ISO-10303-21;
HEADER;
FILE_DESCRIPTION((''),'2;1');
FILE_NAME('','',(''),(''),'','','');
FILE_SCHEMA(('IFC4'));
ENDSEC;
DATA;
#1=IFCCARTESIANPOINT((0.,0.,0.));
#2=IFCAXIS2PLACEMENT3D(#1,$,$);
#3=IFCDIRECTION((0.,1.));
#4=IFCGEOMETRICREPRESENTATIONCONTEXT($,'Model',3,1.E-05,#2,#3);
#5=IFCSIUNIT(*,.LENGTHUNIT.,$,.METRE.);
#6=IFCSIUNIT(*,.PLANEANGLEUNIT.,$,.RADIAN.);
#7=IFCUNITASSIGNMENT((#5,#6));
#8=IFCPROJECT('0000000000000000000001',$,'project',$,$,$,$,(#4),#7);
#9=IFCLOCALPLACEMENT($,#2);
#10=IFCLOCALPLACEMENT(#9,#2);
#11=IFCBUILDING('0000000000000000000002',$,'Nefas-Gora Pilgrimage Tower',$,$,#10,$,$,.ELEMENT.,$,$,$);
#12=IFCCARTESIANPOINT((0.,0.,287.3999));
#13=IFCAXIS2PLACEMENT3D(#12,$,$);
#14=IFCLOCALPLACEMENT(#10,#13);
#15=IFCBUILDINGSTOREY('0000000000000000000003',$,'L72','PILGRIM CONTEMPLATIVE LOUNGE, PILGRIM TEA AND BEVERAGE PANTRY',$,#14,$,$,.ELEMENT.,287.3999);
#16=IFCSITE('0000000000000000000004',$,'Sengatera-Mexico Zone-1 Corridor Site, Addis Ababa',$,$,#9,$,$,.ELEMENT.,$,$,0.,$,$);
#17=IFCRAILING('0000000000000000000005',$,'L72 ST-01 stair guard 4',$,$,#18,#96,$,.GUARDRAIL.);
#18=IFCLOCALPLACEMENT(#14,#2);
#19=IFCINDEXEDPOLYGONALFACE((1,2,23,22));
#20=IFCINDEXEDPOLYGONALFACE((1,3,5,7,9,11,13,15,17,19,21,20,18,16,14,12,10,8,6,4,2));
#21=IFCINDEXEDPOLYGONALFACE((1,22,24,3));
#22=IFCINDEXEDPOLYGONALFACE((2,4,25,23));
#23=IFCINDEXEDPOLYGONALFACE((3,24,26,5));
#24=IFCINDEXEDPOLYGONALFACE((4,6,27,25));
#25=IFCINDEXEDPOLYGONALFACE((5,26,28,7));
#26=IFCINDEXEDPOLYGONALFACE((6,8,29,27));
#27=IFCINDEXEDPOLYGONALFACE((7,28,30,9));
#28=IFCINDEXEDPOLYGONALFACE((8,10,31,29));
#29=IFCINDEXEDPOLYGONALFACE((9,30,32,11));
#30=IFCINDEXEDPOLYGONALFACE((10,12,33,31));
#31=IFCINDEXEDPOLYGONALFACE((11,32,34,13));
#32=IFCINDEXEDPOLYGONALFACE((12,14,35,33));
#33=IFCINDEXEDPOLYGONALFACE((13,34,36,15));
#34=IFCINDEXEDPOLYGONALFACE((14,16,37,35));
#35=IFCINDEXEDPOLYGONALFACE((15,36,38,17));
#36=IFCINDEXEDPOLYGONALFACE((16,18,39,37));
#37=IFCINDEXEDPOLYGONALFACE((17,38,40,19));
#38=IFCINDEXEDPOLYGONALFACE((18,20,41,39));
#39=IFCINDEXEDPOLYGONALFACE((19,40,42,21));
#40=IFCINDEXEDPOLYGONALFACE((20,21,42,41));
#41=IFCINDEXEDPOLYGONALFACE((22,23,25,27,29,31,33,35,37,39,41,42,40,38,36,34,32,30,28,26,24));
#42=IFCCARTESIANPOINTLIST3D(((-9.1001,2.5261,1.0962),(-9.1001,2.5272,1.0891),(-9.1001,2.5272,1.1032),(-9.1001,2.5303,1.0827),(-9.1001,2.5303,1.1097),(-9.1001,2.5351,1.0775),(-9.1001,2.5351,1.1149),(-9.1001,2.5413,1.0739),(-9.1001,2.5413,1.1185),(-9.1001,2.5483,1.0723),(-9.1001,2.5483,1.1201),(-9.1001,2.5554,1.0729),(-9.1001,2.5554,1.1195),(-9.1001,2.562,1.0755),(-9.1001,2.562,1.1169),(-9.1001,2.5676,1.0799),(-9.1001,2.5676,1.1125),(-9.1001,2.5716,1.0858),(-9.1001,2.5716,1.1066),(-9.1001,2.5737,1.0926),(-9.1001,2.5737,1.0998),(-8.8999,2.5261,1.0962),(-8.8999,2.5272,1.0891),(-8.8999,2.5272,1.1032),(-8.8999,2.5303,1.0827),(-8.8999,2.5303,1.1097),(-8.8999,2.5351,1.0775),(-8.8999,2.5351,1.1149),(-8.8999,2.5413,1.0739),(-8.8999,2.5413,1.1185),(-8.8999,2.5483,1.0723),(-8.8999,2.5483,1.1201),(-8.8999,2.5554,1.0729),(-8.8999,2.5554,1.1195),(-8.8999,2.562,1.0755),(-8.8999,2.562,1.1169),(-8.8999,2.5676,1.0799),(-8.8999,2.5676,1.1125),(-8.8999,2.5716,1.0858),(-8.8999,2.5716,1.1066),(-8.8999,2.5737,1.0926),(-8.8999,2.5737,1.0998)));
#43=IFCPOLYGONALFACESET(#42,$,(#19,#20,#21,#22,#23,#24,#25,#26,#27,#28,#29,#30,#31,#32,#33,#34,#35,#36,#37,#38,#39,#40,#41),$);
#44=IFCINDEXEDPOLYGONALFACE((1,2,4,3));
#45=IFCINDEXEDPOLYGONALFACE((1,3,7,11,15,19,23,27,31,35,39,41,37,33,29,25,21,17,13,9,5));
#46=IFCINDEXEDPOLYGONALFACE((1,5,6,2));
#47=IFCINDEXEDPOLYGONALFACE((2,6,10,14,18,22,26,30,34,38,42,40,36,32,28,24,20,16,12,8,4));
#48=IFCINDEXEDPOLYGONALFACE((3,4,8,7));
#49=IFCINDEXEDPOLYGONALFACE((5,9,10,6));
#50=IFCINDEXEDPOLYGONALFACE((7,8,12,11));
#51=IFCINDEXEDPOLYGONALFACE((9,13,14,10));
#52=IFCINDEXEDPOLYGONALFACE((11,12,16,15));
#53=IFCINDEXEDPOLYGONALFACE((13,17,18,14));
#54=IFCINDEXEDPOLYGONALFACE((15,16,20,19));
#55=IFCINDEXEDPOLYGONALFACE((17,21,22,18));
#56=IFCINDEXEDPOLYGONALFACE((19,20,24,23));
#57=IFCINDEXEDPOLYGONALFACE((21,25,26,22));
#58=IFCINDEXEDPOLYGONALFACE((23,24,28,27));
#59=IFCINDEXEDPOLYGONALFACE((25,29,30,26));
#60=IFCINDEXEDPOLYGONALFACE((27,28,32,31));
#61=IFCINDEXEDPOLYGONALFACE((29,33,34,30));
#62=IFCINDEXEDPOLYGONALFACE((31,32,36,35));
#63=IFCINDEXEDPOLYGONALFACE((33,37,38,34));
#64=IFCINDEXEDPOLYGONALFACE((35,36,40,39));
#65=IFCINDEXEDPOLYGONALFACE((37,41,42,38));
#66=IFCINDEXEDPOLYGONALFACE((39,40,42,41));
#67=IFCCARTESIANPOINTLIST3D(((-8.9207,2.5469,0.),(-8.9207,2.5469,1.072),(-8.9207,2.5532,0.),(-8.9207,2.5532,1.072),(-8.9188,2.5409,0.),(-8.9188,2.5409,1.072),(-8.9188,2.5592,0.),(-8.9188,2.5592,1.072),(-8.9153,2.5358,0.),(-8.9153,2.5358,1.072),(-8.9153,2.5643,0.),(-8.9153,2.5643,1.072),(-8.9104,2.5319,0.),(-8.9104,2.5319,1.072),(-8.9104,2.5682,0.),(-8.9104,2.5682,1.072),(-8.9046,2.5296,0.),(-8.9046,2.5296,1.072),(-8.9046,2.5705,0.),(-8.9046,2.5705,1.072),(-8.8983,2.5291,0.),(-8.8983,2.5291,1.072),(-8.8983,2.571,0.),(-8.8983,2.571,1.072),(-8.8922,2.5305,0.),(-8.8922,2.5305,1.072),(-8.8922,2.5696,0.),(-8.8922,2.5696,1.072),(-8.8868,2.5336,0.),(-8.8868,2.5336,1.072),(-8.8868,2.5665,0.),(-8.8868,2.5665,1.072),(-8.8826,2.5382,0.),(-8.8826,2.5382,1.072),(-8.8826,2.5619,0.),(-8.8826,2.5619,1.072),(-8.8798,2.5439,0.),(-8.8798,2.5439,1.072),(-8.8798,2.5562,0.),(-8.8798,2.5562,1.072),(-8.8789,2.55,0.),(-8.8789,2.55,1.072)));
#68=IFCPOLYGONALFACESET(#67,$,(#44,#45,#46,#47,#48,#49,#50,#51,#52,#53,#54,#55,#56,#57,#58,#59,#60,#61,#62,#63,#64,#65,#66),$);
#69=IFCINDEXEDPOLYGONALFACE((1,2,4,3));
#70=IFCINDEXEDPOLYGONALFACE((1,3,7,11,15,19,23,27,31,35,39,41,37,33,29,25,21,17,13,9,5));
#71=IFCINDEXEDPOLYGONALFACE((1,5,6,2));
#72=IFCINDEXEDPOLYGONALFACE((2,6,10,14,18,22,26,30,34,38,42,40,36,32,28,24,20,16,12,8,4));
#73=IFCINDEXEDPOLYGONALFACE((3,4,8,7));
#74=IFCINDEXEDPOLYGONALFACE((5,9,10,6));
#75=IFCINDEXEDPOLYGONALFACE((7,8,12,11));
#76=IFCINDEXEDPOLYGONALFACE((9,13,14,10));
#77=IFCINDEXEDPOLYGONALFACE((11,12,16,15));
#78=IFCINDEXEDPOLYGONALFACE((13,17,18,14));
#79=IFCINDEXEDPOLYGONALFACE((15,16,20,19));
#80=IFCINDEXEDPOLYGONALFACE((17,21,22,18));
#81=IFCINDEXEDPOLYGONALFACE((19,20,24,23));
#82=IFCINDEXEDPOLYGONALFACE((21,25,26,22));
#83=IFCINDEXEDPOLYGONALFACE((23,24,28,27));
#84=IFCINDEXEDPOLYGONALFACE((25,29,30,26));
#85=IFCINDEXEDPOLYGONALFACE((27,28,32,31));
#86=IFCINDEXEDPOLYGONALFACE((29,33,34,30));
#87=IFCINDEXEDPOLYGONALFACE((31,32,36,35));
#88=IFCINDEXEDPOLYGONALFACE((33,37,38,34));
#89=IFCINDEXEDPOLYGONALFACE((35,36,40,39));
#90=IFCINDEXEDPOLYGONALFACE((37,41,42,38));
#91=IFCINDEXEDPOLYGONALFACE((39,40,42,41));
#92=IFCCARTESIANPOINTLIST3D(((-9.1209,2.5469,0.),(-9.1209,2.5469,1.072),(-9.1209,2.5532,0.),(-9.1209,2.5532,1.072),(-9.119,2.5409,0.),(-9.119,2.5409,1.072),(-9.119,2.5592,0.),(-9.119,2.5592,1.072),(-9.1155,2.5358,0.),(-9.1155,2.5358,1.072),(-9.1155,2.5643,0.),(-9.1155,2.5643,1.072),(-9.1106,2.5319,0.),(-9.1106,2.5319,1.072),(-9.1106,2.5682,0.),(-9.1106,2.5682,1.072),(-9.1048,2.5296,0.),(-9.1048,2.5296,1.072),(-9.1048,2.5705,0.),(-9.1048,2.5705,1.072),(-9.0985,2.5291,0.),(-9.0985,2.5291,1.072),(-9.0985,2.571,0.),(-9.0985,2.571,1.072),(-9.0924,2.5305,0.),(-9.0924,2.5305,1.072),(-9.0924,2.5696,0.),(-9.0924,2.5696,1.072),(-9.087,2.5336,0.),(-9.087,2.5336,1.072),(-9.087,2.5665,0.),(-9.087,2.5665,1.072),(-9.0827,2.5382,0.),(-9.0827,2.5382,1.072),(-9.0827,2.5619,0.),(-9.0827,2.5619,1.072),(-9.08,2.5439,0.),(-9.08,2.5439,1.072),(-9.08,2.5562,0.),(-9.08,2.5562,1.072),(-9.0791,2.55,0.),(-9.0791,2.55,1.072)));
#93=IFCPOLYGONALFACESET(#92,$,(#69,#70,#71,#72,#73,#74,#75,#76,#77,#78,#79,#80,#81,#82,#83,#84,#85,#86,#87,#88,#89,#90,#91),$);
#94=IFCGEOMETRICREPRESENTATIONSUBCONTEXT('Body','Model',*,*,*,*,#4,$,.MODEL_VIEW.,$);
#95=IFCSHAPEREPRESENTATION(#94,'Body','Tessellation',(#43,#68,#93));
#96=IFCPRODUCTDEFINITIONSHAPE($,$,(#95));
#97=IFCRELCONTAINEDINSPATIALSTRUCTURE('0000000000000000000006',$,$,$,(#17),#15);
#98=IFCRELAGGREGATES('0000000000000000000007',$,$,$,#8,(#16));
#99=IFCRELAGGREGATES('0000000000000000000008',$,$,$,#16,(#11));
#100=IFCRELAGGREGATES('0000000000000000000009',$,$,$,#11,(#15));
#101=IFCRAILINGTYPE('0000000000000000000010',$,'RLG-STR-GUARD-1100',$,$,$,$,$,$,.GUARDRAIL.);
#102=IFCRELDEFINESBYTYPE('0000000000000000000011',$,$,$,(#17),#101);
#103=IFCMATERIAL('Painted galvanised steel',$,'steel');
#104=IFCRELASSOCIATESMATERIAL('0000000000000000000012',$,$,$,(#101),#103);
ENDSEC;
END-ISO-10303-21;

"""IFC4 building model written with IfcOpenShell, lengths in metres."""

from ifc_helpers import new_model, si_unit, direction, frame, origin, origin_2d, place, context, subcontext, project, spatial, circle, extrude, material, type_object, element, save


model = new_model("IFC4")

# Units and contexts
model_context = context("Model", 3, precision=1e-05, world=origin(), true_north=direction((0.0, 1.0)))
body_context = subcontext(model_context, "Body", "Model", "MODEL_VIEW")
ifc_project = project(units=[si_unit("LENGTHUNIT", "METRE"), si_unit("PLANEANGLEUNIT", "RADIAN")], contexts=[model_context])

# Site, building, storey
site_placement = place(None, origin())
site = spatial("IfcSite", under=ifc_project, at=site_placement, Name="Sengatera-Mexico Zone-1 Corridor Site, Addis Ababa", CompositionType="ELEMENT", RefElevation=0.0)
building_placement = place(site_placement, origin())
building = spatial("IfcBuilding", under=site, at=building_placement, Name="Nefas-Gora Pilgrimage Tower", CompositionType="ELEMENT")
storey_placement = place(building_placement, frame((0.0, 0.0, 287.3999)))
storey = spatial("IfcBuildingStorey", under=building, at=storey_placement, Name="L72", Description="PILGRIM CONTEMPLATIVE LOUNGE, PILGRIM TEA AND BEVERAGE PANTRY", CompositionType="ELEMENT", Elevation=287.3999)

# Railing
ifc_material_1 = material(Name="Painted galvanised steel", Category="steel")
railing_type_1 = type_object("IfcRailingType", Name="RLG-STR-GUARD-1100", PredefinedType="GUARDRAIL", material=ifc_material_1)
railing_1_placement = place(storey_placement, frame((-8.8999, 2.55, 0.0)))
element("IfcRailing", 1, at=railing_1_placement, inside=storey, type_object=railing_type_1, Name="L72 ST-01 stair guard 4", PredefinedType="GUARDRAIL", context=body_context, shape_type="SweptSolid", body=[
    extrude(circle(Radius=0.0239, at=origin_2d()), frame((0.0, 0.0, 1.0962), z_axis=(-1.0, 0.0, 0.0), x_axis=(0.0, -1.0, 0.0)), (0.0, 0.0, 1.0), 0.2002),
    extrude(circle(Radius=0.021, at=origin_2d()), origin(), (0.0, 0.0, 1.0), 1.072),
    extrude(circle(Radius=0.021, at=origin_2d()), frame((-0.2002, 0.0, 0.0)), (0.0, 0.0, 1.0), 1.072),
])

save(model, "model.ifc")
